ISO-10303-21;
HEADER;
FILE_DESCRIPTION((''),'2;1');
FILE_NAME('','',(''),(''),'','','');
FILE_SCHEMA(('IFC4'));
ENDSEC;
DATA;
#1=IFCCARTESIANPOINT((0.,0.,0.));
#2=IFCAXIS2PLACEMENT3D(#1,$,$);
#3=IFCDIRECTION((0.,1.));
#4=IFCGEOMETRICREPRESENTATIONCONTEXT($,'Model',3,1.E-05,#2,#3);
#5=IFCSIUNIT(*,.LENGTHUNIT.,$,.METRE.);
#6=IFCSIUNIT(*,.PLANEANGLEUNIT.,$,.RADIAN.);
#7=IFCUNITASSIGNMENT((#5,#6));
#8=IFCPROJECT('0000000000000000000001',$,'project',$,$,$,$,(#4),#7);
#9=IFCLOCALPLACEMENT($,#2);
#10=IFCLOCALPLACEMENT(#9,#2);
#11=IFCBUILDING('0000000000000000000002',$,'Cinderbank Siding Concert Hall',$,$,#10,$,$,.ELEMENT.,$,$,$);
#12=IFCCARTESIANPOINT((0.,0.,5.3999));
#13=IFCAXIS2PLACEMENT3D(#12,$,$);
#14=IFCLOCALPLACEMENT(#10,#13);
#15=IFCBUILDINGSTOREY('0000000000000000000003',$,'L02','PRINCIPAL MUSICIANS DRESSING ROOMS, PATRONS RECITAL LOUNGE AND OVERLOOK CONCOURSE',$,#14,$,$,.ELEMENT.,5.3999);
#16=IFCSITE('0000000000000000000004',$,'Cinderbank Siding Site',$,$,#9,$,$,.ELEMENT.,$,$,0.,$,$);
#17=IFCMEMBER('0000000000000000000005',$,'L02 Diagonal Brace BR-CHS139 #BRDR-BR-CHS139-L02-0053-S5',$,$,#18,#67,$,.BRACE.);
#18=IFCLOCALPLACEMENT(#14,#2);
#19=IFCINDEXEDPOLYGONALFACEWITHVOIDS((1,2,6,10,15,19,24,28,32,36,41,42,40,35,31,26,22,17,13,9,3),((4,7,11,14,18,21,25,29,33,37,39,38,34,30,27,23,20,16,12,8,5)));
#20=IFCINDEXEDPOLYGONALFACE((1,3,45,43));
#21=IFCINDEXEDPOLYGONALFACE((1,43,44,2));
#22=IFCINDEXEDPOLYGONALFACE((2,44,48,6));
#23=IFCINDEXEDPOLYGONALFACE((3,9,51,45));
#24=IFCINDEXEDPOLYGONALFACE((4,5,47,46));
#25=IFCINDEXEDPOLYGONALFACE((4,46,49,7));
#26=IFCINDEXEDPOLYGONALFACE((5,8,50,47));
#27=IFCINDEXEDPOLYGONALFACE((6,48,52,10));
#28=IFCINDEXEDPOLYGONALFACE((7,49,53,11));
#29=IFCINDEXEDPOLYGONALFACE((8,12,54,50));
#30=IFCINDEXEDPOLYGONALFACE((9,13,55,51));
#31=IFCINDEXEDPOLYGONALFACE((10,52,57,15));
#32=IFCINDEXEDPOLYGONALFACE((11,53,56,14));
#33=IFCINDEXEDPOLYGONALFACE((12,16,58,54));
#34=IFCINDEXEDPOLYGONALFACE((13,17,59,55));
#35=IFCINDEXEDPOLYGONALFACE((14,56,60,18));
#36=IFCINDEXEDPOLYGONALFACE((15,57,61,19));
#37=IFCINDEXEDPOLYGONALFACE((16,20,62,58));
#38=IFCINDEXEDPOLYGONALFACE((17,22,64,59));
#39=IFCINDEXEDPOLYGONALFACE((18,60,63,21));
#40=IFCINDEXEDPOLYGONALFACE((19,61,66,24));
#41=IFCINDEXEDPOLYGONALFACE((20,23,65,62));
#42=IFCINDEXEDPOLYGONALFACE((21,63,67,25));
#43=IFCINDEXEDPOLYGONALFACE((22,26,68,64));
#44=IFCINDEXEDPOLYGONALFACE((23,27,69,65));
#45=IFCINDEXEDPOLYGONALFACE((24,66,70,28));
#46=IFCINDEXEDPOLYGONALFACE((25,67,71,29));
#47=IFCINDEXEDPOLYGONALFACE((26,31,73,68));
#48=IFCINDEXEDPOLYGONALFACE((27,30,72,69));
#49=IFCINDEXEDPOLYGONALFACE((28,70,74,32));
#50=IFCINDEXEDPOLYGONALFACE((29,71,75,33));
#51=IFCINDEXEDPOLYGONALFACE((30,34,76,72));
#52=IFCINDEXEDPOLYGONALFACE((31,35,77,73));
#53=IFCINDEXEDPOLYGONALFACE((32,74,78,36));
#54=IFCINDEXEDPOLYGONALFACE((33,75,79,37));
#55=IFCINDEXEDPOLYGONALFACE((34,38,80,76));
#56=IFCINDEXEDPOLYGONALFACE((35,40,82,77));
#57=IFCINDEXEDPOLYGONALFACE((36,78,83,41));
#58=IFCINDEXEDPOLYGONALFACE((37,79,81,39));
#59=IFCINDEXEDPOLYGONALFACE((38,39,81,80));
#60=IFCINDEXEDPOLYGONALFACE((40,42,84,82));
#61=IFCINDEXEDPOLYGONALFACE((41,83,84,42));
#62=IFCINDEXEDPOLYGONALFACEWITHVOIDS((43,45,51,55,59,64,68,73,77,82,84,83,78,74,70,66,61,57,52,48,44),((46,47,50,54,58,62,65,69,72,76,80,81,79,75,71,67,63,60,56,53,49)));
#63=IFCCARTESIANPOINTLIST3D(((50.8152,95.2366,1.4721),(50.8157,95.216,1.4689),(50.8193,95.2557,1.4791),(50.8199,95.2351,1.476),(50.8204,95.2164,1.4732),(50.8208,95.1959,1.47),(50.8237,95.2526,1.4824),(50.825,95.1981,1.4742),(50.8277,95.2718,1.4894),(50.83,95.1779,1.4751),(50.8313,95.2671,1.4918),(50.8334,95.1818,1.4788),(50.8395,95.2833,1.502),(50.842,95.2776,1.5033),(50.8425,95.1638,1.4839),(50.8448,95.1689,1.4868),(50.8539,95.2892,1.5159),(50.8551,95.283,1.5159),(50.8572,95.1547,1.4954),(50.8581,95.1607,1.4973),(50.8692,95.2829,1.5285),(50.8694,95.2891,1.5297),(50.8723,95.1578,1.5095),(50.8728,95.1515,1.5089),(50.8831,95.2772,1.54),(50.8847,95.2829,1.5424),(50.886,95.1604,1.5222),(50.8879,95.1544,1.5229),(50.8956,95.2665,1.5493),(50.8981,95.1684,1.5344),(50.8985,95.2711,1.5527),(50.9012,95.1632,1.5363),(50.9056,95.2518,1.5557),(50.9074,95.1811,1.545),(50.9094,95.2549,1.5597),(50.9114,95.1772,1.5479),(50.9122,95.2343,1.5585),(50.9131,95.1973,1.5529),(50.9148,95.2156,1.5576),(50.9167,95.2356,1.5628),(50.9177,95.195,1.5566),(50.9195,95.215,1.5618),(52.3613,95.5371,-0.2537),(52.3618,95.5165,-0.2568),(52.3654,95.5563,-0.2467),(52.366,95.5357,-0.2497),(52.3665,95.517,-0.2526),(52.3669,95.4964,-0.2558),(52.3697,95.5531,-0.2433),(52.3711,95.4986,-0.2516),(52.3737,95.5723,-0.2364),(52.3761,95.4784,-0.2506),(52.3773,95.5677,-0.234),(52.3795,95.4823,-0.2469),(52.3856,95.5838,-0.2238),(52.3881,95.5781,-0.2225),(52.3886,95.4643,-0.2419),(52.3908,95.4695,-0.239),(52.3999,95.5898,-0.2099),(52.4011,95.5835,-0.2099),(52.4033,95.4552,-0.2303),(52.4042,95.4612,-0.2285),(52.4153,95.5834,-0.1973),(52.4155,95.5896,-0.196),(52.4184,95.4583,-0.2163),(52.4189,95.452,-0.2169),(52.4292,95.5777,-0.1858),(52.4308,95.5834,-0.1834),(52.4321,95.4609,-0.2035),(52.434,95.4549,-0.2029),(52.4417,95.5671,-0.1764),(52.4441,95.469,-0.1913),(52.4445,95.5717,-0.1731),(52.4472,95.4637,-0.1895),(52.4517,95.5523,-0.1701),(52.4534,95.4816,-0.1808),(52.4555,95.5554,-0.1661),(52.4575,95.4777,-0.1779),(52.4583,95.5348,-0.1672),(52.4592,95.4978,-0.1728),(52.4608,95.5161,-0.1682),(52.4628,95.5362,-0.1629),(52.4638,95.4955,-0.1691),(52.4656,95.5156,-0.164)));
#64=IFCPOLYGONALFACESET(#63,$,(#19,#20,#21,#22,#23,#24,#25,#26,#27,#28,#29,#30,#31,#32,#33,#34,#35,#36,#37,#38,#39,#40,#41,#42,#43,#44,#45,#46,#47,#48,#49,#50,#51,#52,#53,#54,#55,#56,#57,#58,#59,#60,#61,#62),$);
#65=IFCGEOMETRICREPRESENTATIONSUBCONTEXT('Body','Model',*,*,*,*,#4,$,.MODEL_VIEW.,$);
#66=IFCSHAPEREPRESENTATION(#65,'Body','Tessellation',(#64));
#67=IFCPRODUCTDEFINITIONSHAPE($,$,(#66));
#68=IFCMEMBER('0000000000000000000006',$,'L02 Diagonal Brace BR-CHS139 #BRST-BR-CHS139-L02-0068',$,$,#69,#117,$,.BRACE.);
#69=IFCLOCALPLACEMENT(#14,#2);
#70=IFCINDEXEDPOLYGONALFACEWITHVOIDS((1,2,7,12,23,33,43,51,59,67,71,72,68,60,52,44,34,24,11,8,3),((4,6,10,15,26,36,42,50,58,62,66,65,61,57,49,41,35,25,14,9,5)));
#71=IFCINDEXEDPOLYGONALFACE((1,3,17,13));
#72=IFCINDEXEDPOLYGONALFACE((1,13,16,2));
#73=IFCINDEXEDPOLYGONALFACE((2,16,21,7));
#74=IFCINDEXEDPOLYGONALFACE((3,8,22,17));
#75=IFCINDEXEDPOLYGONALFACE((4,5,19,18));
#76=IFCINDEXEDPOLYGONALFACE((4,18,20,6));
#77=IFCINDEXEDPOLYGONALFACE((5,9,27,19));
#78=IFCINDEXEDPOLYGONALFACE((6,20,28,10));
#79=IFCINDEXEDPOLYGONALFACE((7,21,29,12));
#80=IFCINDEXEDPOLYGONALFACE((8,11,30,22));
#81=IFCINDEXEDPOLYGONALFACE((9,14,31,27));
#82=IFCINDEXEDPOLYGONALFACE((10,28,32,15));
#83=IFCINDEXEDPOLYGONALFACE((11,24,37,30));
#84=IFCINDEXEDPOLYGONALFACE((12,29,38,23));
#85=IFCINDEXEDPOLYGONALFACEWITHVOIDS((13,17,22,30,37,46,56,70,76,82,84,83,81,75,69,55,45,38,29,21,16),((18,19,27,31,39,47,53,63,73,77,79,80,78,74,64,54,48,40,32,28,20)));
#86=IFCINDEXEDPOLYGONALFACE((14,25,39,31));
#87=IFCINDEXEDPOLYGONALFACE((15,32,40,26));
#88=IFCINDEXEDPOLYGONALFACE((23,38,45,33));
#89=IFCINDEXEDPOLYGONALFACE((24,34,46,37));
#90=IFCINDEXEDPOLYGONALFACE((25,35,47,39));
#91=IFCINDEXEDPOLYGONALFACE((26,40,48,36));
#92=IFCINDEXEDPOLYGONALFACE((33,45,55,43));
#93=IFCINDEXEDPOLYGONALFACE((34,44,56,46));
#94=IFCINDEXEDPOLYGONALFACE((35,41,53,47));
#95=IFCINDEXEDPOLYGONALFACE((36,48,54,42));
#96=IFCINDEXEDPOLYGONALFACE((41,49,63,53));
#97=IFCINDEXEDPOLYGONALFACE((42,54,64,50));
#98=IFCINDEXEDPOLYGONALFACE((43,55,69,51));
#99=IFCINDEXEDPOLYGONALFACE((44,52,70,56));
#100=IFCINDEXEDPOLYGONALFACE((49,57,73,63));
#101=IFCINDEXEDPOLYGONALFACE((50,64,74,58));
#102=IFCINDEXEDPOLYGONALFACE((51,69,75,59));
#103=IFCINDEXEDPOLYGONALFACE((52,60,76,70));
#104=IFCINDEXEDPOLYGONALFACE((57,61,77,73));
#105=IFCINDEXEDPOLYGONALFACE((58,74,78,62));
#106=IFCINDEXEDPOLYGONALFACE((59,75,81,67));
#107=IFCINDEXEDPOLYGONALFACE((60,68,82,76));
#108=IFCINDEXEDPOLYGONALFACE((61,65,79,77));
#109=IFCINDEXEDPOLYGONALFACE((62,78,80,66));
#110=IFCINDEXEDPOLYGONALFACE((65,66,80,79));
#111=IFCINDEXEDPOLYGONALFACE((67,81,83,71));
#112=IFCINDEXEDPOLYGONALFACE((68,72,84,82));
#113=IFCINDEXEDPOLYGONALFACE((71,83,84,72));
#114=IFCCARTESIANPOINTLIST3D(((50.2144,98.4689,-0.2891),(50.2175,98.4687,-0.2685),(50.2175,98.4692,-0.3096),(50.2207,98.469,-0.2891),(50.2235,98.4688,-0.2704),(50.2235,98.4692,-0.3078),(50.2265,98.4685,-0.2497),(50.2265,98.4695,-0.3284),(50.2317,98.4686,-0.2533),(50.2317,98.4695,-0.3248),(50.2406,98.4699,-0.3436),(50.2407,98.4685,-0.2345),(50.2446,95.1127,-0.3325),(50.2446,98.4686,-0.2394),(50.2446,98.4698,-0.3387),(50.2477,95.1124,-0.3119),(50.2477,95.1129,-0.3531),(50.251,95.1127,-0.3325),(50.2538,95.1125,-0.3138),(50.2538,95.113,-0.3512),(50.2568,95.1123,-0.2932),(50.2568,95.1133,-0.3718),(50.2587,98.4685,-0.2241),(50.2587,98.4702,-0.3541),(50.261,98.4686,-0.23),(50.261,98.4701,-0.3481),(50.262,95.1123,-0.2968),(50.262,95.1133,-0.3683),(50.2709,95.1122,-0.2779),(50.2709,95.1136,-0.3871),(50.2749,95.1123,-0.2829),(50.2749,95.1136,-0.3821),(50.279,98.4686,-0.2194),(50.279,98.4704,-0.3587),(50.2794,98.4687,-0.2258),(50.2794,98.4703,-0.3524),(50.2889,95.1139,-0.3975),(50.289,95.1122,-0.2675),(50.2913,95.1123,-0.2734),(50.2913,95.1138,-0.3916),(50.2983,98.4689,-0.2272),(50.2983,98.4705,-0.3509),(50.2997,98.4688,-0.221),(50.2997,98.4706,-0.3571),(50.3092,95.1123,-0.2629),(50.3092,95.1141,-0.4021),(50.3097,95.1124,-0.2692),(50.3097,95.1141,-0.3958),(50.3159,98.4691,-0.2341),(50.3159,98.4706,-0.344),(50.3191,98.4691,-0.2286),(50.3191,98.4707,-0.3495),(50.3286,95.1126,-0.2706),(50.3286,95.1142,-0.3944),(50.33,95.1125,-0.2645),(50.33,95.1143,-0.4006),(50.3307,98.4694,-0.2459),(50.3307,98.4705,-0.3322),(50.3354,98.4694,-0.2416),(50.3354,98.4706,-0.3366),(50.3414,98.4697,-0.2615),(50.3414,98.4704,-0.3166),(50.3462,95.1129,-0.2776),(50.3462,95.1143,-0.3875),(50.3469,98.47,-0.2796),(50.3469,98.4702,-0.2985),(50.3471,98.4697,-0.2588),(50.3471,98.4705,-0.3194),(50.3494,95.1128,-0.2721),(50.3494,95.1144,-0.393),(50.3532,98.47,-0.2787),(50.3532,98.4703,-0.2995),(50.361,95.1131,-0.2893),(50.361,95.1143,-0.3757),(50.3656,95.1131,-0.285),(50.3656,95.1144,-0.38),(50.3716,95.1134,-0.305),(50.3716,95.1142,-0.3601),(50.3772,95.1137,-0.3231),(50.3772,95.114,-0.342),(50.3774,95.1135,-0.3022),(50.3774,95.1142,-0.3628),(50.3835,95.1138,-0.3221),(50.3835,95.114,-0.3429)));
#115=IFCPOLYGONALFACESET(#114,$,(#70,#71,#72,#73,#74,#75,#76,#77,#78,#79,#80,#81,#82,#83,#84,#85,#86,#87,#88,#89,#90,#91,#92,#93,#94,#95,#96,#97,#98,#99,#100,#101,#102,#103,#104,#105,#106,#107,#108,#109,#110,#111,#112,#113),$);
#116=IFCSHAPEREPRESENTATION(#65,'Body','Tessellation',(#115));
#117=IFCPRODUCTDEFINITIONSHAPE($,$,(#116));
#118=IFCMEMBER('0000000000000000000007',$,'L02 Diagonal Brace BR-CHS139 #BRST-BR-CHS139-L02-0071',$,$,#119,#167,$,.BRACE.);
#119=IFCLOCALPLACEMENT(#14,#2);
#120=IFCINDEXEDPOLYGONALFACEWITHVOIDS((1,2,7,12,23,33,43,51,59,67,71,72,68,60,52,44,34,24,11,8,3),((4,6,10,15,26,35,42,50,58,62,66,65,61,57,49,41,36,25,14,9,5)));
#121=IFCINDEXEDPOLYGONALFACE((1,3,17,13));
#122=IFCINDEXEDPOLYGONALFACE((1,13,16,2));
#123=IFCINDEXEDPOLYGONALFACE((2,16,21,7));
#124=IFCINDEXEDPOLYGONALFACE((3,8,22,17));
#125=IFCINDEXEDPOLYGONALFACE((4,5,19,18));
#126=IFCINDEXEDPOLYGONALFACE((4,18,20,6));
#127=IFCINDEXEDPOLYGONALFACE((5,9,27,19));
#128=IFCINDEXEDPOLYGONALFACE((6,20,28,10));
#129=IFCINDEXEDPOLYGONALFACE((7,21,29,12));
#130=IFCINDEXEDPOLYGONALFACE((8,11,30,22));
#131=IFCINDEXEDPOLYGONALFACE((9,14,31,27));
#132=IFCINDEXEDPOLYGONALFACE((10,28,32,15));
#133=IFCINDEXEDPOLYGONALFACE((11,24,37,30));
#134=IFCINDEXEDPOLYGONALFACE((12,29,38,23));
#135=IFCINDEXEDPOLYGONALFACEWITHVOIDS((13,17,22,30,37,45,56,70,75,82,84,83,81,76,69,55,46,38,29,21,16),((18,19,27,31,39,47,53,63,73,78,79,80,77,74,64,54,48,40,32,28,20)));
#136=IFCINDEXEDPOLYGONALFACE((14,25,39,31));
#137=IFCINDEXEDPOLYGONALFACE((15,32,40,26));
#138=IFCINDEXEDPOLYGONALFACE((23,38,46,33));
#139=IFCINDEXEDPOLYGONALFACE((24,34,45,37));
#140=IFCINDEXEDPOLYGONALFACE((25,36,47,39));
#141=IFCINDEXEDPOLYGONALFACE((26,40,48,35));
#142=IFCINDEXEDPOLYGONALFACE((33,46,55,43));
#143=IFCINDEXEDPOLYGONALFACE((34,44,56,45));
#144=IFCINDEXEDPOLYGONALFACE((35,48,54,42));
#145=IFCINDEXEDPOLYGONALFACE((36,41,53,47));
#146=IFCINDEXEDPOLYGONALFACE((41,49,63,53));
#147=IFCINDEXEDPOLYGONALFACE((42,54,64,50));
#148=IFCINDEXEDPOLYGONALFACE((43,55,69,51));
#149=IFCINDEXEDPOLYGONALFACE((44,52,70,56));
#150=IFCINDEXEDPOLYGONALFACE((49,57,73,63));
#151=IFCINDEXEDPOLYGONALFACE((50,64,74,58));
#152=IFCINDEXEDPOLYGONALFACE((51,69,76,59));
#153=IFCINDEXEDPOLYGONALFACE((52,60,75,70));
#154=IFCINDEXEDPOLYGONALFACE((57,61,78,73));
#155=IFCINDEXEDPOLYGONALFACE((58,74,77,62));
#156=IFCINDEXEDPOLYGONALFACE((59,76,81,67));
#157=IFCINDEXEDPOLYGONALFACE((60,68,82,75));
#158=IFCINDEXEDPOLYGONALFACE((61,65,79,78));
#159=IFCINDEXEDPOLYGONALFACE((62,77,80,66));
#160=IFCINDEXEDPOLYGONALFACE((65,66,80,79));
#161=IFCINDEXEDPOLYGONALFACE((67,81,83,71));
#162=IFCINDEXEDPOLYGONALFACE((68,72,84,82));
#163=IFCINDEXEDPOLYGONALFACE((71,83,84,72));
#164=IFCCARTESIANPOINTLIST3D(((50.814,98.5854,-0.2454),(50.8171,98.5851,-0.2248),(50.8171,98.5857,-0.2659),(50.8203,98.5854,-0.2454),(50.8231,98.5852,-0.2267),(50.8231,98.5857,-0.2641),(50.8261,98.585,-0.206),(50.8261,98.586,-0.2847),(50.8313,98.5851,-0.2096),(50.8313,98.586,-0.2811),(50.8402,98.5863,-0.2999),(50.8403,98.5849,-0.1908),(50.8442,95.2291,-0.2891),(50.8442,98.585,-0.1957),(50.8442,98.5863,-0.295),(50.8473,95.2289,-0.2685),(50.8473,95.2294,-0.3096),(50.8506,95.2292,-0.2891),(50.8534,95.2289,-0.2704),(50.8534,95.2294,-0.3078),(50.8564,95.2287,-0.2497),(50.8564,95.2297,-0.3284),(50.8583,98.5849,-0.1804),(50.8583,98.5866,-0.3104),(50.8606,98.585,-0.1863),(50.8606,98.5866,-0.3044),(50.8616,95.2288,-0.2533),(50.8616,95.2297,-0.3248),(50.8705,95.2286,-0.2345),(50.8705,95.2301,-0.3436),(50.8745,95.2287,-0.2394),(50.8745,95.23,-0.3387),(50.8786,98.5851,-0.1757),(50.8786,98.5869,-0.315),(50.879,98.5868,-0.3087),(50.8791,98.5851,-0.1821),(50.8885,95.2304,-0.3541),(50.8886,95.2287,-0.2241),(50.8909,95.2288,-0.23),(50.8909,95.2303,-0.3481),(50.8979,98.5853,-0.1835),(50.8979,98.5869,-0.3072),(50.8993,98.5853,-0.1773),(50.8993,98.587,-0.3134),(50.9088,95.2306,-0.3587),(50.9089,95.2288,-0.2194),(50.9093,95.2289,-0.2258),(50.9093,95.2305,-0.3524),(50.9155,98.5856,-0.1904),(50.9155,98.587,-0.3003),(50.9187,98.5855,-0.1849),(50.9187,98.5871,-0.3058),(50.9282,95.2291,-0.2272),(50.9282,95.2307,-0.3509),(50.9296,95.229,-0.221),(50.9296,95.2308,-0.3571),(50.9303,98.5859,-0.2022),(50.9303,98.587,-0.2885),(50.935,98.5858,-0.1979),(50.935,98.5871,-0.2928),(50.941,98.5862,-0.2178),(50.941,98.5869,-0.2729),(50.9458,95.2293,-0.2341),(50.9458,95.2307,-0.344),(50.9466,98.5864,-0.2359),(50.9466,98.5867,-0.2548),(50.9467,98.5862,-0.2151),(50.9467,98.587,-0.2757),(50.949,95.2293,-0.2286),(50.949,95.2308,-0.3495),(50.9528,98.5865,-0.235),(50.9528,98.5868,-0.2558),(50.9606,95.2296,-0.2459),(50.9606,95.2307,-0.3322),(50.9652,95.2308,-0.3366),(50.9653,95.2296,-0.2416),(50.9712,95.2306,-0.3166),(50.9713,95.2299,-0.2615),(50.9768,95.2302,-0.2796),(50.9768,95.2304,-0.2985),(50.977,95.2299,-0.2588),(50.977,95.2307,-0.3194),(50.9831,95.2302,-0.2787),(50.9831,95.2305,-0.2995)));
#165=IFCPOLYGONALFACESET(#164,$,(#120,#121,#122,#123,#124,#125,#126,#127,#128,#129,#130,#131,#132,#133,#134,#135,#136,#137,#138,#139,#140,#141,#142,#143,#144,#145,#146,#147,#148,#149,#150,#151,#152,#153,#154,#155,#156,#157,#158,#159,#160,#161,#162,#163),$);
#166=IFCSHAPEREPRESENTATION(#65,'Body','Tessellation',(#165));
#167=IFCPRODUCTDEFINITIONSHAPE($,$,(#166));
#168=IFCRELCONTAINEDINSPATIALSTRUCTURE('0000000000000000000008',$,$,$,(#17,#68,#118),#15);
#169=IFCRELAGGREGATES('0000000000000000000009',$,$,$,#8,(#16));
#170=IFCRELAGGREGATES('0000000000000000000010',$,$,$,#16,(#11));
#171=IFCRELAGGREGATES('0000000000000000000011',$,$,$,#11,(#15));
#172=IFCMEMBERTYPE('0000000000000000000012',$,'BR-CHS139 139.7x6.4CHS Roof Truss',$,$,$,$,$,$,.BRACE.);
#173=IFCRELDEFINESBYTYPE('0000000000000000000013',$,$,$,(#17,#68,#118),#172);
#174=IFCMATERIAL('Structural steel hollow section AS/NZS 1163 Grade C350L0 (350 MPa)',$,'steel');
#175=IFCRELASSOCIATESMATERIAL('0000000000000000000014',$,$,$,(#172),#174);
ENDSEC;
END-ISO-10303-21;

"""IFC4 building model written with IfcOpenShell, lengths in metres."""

from ifc_helpers import new_model, si_unit, direction, frame, origin, origin_2d, place, context, subcontext, project, spatial, hollow_circle, extrude, material, material_profile, profile_set, type_object, element, save


model = new_model("IFC4")

# Units and contexts
model_context = context("Model", 3, precision=1e-05, world=origin(), true_north=direction((0.0, 1.0)))
body_context = subcontext(model_context, "Body", "Model", "MODEL_VIEW")
ifc_project = project(units=[si_unit("LENGTHUNIT", "METRE"), si_unit("PLANEANGLEUNIT", "RADIAN")], contexts=[model_context])

# Site, building, storey
site_placement = place(None, origin())
site = spatial("IfcSite", under=ifc_project, at=site_placement, Name="Cinderbank Siding Site", CompositionType="ELEMENT", RefElevation=0.0)
building_placement = place(site_placement, origin())
building = spatial("IfcBuilding", under=site, at=building_placement, Name="Cinderbank Siding Concert Hall", CompositionType="ELEMENT")
storey_placement = place(building_placement, frame((0.0, 0.0, 5.3999)))
storey = spatial("IfcBuildingStorey", under=building, at=storey_placement, Name="L02", Description="PRINCIPAL MUSICIANS DRESSING ROOMS, PATRONS RECITAL LOUNGE AND OVERLOOK CONCOURSE", CompositionType="ELEMENT", Elevation=5.3999)

# Members
ifc_material_1 = material(Name="Structural steel hollow section AS/NZS 1163 Grade C350L0 (350 MPa)", Category="steel")
ifc_material_profile_1 = material_profile(ifc_material_1, hollow_circle(Radius=0.0698, WallThickness=0.0063, at=origin_2d()), Name="139.7x6.4CHS", Category="LoadBearing")
ifc_profile_set_1 = profile_set([ifc_material_profile_1], Name="Structural steel hollow section AS/NZS 1163 Grade C350L0 (350 MPa)")
member_type_1 = type_object("IfcMemberType", Name="BR-CHS139 139.7x6.4CHS Roof Truss", PredefinedType="BRACE", material=ifc_profile_set_1)
member_1_placement = place(storey_placement, frame((50.8672, 95.2207, 1.5159), z_axis=(0.661726, 0.128625, -0.73863), x_axis=(-0.190807, 0.981627, 0.0)))
element("IfcMember", 1, at=member_1_placement, inside=storey, type_object=member_type_1, Name="L02 Diagonal Brace BR-CHS139 #BRDR-BR-CHS139-L02-0053-S5", PredefinedType="BRACE", context=body_context, shape_type="SweptSolid", body=[
    extrude(hollow_circle(Radius=0.0698, WallThickness=0.0063, at=origin_2d()), origin(), (0.0, 0.0, 1.0), 2.3364),
])
for number, where, z_axis, x_axis, name in (
    (2, (50.3145, 95.1133, -0.3325), (-0.009019, 0.999876, 0.012947), (-0.999959, -0.00902, 0.0), "L02 Diagonal Brace BR-CHS139 #BRST-BR-CHS139-L02-0068"),
    (3, (50.9141, 95.2297, -0.2891), (-0.009019, 0.999875, 0.013019), (-0.999959, -0.00902, 0.0), "L02 Diagonal Brace BR-CHS139 #BRST-BR-CHS139-L02-0071"),
):
    element("IfcMember", number, at=place(storey_placement, frame(where, z_axis=z_axis, x_axis=x_axis)), inside=storey, type_object=member_type_1, Name=name, PredefinedType="BRACE", context=body_context, shape_type="SweptSolid", body=[
        extrude(hollow_circle(Radius=0.0698, WallThickness=0.0063, at=origin_2d()), origin(), (0.0, 0.0, 1.0), 3.3567),
    ])

save(model, "model.ifc")
